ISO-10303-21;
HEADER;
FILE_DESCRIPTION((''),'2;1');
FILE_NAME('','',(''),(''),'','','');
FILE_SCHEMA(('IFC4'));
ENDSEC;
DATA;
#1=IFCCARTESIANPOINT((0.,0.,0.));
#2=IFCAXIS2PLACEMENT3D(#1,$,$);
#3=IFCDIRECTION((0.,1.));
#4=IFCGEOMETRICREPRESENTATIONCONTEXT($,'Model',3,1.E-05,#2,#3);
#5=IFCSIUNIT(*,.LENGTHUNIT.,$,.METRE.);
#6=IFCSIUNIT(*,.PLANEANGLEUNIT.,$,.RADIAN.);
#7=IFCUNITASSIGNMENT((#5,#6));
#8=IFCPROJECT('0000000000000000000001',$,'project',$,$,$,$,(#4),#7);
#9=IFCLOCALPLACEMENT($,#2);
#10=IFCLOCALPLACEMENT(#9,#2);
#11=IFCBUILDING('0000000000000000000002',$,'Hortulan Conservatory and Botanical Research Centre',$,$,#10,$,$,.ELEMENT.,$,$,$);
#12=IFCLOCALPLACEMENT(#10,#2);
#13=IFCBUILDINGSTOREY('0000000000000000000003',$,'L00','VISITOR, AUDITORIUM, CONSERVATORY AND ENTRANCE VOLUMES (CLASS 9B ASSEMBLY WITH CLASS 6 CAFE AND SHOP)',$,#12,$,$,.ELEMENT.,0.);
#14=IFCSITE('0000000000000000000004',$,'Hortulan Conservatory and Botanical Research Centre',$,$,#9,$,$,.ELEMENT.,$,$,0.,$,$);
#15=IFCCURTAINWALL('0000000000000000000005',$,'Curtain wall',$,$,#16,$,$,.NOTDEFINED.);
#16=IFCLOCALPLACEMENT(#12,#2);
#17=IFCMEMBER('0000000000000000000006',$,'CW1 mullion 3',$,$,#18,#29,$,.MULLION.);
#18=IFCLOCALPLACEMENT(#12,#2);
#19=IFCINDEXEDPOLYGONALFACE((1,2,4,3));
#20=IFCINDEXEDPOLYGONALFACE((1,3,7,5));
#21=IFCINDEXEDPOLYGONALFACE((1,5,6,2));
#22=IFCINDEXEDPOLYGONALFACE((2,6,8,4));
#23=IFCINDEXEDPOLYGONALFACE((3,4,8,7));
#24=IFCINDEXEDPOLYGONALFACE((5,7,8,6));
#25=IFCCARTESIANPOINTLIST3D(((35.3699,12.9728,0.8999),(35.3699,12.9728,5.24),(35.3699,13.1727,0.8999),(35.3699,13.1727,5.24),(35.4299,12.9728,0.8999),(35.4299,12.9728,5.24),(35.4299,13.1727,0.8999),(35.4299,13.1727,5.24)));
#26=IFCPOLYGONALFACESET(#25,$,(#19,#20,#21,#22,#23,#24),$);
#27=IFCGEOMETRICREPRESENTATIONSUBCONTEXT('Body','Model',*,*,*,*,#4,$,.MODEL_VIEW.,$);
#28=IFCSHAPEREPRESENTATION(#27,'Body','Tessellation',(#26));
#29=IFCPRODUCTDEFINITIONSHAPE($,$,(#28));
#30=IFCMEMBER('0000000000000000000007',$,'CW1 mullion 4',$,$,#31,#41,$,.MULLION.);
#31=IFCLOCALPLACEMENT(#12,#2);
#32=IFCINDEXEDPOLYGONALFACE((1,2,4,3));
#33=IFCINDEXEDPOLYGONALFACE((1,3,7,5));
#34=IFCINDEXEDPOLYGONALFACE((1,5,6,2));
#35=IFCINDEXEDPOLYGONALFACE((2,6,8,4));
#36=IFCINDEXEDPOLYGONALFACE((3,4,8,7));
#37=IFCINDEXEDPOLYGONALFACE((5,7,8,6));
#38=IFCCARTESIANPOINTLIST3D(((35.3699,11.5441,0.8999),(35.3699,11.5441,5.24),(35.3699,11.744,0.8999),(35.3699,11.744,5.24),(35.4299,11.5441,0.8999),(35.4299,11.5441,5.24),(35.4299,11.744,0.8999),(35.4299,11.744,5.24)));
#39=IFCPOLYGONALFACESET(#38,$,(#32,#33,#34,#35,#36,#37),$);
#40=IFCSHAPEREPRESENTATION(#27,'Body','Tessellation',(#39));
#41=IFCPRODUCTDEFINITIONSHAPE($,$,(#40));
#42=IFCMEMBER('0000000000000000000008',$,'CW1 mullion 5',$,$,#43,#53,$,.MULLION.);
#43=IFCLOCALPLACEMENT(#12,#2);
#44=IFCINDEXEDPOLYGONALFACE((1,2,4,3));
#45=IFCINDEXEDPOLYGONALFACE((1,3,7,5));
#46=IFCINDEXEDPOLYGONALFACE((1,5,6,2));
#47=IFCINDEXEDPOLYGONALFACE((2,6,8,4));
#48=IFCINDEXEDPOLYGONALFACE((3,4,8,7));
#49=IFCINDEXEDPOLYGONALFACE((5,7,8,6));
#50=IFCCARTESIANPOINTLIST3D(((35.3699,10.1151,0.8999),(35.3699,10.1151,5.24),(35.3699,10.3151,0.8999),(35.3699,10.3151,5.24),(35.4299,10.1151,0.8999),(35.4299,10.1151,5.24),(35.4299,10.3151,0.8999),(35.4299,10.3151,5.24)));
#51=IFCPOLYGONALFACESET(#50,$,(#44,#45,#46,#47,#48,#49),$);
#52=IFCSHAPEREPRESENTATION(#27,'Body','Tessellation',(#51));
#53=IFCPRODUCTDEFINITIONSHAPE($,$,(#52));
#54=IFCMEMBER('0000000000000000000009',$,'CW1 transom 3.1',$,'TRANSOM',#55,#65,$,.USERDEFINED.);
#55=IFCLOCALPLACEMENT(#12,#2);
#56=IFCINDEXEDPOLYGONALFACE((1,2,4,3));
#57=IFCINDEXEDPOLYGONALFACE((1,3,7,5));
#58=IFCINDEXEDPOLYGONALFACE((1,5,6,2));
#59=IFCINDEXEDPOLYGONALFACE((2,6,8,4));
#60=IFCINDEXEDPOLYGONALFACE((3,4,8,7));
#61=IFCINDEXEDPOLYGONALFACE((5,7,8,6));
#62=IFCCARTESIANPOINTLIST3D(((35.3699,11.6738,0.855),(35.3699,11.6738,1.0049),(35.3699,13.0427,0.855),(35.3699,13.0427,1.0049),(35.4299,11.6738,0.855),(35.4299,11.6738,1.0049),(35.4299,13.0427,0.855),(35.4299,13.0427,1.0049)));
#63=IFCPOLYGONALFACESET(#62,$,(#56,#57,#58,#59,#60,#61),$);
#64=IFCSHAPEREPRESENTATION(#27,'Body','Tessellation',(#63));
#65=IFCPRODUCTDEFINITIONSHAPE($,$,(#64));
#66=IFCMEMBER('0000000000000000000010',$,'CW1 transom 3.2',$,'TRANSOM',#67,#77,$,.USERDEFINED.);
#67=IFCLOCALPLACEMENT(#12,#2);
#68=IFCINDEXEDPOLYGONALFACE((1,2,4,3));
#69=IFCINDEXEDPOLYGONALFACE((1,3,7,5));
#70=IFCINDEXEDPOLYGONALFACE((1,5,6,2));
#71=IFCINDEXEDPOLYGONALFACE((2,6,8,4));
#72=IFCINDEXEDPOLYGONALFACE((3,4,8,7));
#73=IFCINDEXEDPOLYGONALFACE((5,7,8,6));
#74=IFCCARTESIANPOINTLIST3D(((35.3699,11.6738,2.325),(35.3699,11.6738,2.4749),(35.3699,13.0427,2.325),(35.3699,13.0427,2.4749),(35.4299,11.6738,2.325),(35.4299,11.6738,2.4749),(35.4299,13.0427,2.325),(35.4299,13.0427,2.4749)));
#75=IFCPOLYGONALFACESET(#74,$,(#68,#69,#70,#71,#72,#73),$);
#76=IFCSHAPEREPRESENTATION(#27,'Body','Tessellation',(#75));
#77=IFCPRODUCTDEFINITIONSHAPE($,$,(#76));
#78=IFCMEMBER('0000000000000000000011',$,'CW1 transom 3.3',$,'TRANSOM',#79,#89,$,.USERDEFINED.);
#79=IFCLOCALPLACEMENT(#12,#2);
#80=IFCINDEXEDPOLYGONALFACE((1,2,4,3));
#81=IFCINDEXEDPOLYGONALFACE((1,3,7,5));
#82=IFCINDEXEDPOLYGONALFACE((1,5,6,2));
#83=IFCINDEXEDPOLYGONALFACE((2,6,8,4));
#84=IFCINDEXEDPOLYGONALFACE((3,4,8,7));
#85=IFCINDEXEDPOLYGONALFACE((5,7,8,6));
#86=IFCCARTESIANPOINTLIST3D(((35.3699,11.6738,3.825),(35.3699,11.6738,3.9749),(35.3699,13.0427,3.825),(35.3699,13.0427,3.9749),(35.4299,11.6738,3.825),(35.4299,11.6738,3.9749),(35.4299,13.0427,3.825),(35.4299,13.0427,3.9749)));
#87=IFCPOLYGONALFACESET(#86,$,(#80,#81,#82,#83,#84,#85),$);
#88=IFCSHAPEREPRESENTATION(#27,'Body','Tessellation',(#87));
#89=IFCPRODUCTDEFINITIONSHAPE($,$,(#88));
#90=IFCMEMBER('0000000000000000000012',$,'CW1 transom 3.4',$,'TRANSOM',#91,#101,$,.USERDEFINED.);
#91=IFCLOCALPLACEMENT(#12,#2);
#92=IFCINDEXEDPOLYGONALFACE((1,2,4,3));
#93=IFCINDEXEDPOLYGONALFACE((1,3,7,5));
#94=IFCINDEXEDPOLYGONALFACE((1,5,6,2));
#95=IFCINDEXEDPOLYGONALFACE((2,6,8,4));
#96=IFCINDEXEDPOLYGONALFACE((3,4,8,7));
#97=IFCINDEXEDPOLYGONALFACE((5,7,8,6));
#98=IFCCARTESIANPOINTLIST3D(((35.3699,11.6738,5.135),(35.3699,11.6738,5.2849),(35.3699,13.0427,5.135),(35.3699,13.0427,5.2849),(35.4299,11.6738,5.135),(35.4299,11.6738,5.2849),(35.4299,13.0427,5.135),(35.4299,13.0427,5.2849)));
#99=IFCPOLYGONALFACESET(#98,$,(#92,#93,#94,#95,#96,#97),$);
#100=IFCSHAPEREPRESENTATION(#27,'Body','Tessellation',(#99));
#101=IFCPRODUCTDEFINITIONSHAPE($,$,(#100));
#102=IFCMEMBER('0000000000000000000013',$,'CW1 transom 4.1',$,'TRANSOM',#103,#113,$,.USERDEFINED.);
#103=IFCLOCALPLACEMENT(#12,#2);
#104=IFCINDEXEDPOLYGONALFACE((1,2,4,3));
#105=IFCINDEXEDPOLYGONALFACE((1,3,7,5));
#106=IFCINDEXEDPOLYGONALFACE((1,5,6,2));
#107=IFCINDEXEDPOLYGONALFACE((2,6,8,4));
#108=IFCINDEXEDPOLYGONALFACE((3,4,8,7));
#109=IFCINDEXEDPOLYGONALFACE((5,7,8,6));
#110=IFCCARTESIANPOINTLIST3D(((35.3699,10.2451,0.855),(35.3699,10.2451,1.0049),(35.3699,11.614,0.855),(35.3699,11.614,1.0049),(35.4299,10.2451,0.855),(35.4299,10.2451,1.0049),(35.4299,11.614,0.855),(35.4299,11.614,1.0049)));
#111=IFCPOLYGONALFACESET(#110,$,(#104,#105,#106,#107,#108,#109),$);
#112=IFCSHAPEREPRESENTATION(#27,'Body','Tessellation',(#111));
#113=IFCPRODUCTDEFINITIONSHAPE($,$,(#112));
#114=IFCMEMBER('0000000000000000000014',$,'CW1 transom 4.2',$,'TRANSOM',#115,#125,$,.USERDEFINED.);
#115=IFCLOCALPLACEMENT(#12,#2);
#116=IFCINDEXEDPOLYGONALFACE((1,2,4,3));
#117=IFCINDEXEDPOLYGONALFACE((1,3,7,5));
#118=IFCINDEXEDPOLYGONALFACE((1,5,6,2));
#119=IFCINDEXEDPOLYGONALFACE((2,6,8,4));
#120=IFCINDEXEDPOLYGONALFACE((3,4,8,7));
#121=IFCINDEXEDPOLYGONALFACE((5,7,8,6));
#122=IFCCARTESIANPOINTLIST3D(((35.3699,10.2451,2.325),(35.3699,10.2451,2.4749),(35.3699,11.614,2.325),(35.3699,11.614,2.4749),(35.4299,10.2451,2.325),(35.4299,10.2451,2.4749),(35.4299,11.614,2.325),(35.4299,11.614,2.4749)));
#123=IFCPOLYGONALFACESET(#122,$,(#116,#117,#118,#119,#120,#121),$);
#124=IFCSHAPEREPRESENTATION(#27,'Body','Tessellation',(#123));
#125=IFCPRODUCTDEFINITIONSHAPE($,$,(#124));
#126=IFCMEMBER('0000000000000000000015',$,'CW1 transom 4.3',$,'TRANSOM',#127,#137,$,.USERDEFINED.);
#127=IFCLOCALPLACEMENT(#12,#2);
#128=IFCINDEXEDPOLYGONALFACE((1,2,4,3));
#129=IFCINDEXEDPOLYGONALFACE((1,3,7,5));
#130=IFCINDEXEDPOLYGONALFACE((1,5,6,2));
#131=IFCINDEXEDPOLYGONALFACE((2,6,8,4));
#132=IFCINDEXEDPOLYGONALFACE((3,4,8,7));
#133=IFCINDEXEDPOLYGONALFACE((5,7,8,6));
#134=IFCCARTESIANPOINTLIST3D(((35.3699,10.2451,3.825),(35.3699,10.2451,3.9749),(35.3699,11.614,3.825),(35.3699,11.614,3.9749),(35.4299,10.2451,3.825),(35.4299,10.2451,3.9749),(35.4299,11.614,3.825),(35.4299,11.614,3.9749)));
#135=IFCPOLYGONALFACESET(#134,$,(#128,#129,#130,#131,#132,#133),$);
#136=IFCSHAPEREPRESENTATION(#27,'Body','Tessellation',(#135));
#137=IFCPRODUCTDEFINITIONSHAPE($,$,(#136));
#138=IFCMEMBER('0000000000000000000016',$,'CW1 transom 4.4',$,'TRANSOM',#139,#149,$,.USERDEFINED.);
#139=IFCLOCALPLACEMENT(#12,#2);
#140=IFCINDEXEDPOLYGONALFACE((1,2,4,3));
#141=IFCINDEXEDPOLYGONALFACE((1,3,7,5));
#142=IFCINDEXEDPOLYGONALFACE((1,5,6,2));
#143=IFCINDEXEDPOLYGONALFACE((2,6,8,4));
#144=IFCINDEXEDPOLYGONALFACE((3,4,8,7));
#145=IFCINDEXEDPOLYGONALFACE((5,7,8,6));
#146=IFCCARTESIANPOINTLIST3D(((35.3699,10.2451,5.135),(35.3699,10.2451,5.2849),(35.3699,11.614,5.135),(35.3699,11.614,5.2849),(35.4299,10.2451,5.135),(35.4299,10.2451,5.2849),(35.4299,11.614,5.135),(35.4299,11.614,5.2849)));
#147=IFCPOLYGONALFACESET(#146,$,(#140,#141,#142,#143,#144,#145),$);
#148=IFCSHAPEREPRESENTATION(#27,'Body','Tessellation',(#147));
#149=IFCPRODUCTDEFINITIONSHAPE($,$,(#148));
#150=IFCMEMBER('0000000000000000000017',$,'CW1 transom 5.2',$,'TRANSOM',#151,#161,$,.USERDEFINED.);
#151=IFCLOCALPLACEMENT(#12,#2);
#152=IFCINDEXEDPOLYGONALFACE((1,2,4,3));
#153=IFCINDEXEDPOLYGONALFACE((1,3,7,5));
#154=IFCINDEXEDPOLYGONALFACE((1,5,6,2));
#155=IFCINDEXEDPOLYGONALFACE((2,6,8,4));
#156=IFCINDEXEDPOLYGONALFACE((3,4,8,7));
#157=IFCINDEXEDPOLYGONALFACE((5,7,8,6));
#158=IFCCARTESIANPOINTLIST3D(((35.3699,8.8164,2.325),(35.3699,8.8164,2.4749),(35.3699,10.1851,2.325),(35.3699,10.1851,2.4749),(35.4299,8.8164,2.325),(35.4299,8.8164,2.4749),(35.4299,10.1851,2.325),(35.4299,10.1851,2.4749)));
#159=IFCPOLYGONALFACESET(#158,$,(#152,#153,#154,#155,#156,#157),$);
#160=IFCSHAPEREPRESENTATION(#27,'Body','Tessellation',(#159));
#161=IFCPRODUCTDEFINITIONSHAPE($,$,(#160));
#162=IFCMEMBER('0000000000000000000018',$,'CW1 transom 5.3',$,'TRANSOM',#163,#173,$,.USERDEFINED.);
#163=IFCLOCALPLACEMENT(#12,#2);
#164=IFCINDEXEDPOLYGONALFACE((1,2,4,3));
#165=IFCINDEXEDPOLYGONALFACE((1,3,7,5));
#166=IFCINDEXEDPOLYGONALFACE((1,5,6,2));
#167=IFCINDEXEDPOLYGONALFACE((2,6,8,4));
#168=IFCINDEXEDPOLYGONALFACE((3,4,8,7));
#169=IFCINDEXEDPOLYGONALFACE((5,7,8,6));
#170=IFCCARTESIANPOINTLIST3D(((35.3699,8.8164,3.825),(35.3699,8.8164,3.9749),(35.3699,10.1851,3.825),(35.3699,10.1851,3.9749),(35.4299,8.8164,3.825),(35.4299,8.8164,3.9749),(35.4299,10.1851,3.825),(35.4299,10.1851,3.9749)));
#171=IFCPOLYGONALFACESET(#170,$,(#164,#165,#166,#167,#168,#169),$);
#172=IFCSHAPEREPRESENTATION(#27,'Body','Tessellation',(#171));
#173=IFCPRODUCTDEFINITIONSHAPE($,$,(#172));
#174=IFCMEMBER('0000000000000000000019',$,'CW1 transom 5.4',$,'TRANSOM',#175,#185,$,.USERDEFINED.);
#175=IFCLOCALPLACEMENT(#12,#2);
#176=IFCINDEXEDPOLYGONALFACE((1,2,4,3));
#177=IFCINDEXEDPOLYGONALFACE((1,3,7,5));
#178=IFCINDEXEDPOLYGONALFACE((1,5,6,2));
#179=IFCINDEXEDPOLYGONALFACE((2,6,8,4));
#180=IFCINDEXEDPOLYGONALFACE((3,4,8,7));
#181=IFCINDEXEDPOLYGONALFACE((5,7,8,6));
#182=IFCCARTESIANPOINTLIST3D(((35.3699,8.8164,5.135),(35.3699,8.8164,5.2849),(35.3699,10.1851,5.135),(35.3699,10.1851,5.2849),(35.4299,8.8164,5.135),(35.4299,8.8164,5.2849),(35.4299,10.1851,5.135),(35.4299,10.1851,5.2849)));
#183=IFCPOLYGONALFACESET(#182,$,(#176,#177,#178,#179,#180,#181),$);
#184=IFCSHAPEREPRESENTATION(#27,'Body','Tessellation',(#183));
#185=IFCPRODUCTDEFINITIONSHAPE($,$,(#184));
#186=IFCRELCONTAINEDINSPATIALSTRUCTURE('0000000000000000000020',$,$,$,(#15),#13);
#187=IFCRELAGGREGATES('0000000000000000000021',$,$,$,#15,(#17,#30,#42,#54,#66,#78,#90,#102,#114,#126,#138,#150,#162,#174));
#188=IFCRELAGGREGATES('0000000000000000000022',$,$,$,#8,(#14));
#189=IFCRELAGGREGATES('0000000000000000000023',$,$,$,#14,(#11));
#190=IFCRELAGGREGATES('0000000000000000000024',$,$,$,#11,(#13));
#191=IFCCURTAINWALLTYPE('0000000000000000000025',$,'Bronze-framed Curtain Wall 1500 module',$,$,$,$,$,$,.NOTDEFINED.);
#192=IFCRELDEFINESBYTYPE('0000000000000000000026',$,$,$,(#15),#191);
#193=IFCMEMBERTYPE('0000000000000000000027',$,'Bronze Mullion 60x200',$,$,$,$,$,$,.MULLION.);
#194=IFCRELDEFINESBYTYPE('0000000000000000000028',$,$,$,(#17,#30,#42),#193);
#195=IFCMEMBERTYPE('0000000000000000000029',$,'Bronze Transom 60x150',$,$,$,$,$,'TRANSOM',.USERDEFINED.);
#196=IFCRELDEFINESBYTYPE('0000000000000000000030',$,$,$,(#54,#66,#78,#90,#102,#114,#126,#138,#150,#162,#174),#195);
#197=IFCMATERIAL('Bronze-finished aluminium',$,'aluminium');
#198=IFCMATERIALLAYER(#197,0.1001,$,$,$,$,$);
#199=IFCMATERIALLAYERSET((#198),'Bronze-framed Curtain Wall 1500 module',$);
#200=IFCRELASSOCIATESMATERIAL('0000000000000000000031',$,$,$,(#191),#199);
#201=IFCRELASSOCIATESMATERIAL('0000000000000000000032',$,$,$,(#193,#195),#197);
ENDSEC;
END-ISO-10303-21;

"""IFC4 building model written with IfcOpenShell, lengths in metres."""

from ifc_helpers import new_model, si_unit, direction, frame, origin, origin_2d, place, context, subcontext, project, spatial, rectangle, extrude, material, layer, layer_set, material_profile, profile_set, type_object, element, aggregate, save


model = new_model("IFC4")

# Units and contexts
model_context = context("Model", 3, precision=1e-05, world=origin(), true_north=direction((0.0, 1.0)))
body_context = subcontext(model_context, "Body", "Model", "MODEL_VIEW")
ifc_project = project(units=[si_unit("LENGTHUNIT", "METRE"), si_unit("PLANEANGLEUNIT", "RADIAN")], contexts=[model_context])

# Site, building, storey
site_placement = place(None, origin())
site = spatial("IfcSite", under=ifc_project, at=site_placement, Name="Hortulan Conservatory and Botanical Research Centre", CompositionType="ELEMENT", RefElevation=0.0)
building_placement = place(site_placement, origin())
building = spatial("IfcBuilding", under=site, at=building_placement, Name="Hortulan Conservatory and Botanical Research Centre", CompositionType="ELEMENT")
storey_placement = place(building_placement, origin())
storey = spatial("IfcBuildingStorey", under=building, at=storey_placement, Name="L00", Description="VISITOR, AUDITORIUM, CONSERVATORY AND ENTRANCE VOLUMES (CLASS 9B ASSEMBLY WITH CLASS 6 CAFE AND SHOP)", CompositionType="ELEMENT", Elevation=0.0)

# Curtain wall, members
ifc_material_1 = material(Name="Bronze-finished aluminium", Category="aluminium")
ifc_layer_1 = layer(ifc_material_1, 0.1001)
ifc_layer_set_1 = layer_set([ifc_layer_1], Name="Bronze-framed Curtain Wall 1500 module")
curtain_wall_type = type_object("IfcCurtainWallType", Name="Bronze-framed Curtain Wall 1500 module", PredefinedType="NOTDEFINED", material=ifc_layer_set_1)
curtain_wall_placement = place(storey_placement, origin())
curtain_wall = element("IfcCurtainWall", 1, at=curtain_wall_placement, inside=storey, type_object=curtain_wall_type, Name="Curtain wall", PredefinedType="NOTDEFINED")
ifc_material_profile_1 = material_profile(ifc_material_1, rectangle(XDim=0.0601, YDim=0.2, at=origin_2d()), Name="Bronze Mullion 60x200")
ifc_profile_set_1 = profile_set([ifc_material_profile_1], Name="Bronze-finished aluminium")
member_type_1 = type_object("IfcMemberType", Name="Bronze Mullion 60x200", PredefinedType="MULLION", material=ifc_profile_set_1)
member_1_placement = place(storey_placement, frame((35.3999, 13.0728, 0.8999), z_axis=(0.0, 0.0, 1.0), x_axis=(1.0, 0.0, 0.0)))
member_1 = element("IfcMember", 2, at=member_1_placement, type_object=member_type_1, Name="CW1 mullion 3", PredefinedType="MULLION", context=body_context, shape_type="SweptSolid", body=[
    extrude(rectangle(XDim=0.0601, YDim=0.2, at=origin_2d()), origin(), (0.0, 0.0, 1.0), 4.3401),
])
member_2_placement = place(storey_placement, frame((35.3999, 11.644, 0.8999), z_axis=(0.0, 0.0, 1.0), x_axis=(1.0, 0.0, 0.0)))
member_2 = element("IfcMember", 3, at=member_2_placement, type_object=member_type_1, Name="CW1 mullion 4", PredefinedType="MULLION", context=body_context, shape_type="SweptSolid", body=[
    extrude(rectangle(XDim=0.0601, YDim=0.2, at=origin_2d()), origin(), (0.0, 0.0, 1.0), 4.3401),
])
member_3_placement = place(storey_placement, frame((35.3999, 10.2151, 0.8999), z_axis=(0.0, 0.0, 1.0), x_axis=(1.0, 0.0, 0.0)))
member_3 = element("IfcMember", 4, at=member_3_placement, type_object=member_type_1, Name="CW1 mullion 5", PredefinedType="MULLION", context=body_context, shape_type="SweptSolid", body=[
    extrude(rectangle(XDim=0.0601, YDim=0.2, at=origin_2d()), origin(), (0.0, 0.0, 1.0), 4.3401),
])
ifc_material_profile_2 = material_profile(ifc_material_1, rectangle(XDim=0.0601, YDim=0.1499, at=origin_2d()), Name="Bronze Transom 60x150")
ifc_profile_set_2 = profile_set([ifc_material_profile_2], Name="Bronze-finished aluminium")
member_type_2 = type_object("IfcMemberType", Name="Bronze Transom 60x150", ElementType="TRANSOM", PredefinedType="USERDEFINED", material=ifc_profile_set_2)
member_4_placement = place(storey_placement, frame((35.3999, 13.0427, 0.9299), z_axis=(0.0, -1.0, 0.0), x_axis=(1.0, 0.0, 0.0)))
member_4 = element("IfcMember", 5, at=member_4_placement, type_object=member_type_2, Name="CW1 transom 3.1", ObjectType="TRANSOM", PredefinedType="USERDEFINED", context=body_context, shape_type="SweptSolid", body=[
    extrude(rectangle(XDim=0.0601, YDim=0.1499, at=origin_2d()), origin(), (0.0, 0.0, 1.0), 1.3689),
])
member_5_placement = place(storey_placement, frame((35.3999, 13.0427, 2.3999), z_axis=(0.0, -1.0, 0.0), x_axis=(1.0, 0.0, 0.0)))
member_5 = element("IfcMember", 6, at=member_5_placement, type_object=member_type_2, Name="CW1 transom 3.2", ObjectType="TRANSOM", PredefinedType="USERDEFINED", context=body_context, shape_type="SweptSolid", body=[
    extrude(rectangle(XDim=0.0601, YDim=0.1499, at=origin_2d()), origin(), (0.0, 0.0, 1.0), 1.3689),
])
member_6_placement = place(storey_placement, frame((35.3999, 13.0427, 3.8999), z_axis=(0.0, -1.0, 0.0), x_axis=(1.0, 0.0, 0.0)))
member_6 = element("IfcMember", 7, at=member_6_placement, type_object=member_type_2, Name="CW1 transom 3.3", ObjectType="TRANSOM", PredefinedType="USERDEFINED", context=body_context, shape_type="SweptSolid", body=[
    extrude(rectangle(XDim=0.0601, YDim=0.1499, at=origin_2d()), origin(), (0.0, 0.0, 1.0), 1.3689),
])
member_7_placement = place(storey_placement, frame((35.3999, 13.0427, 5.21), z_axis=(0.0, -1.0, 0.0), x_axis=(1.0, 0.0, 0.0)))
member_7 = element("IfcMember", 8, at=member_7_placement, type_object=member_type_2, Name="CW1 transom 3.4", ObjectType="TRANSOM", PredefinedType="USERDEFINED", context=body_context, shape_type="SweptSolid", body=[
    extrude(rectangle(XDim=0.0601, YDim=0.1499, at=origin_2d()), origin(), (0.0, 0.0, 1.0), 1.3689),
])
member_8_placement = place(storey_placement, frame((35.3999, 11.614, 0.9299), z_axis=(0.0, -1.0, 0.0), x_axis=(1.0, 0.0, 0.0)))
member_8 = element("IfcMember", 9, at=member_8_placement, type_object=member_type_2, Name="CW1 transom 4.1", ObjectType="TRANSOM", PredefinedType="USERDEFINED", context=body_context, shape_type="SweptSolid", body=[
    extrude(rectangle(XDim=0.0601, YDim=0.1499, at=origin_2d()), origin(), (0.0, 0.0, 1.0), 1.3689),
])
member_9_placement = place(storey_placement, frame((35.3999, 11.614, 2.3999), z_axis=(0.0, -1.0, 0.0), x_axis=(1.0, 0.0, 0.0)))
member_9 = element("IfcMember", 10, at=member_9_placement, type_object=member_type_2, Name="CW1 transom 4.2", ObjectType="TRANSOM", PredefinedType="USERDEFINED", context=body_context, shape_type="SweptSolid", body=[
    extrude(rectangle(XDim=0.0601, YDim=0.1499, at=origin_2d()), origin(), (0.0, 0.0, 1.0), 1.3689),
])
member_10_placement = place(storey_placement, frame((35.3999, 11.614, 3.8999), z_axis=(0.0, -1.0, 0.0), x_axis=(1.0, 0.0, 0.0)))
member_10 = element("IfcMember", 11, at=member_10_placement, type_object=member_type_2, Name="CW1 transom 4.3", ObjectType="TRANSOM", PredefinedType="USERDEFINED", context=body_context, shape_type="SweptSolid", body=[
    extrude(rectangle(XDim=0.0601, YDim=0.1499, at=origin_2d()), origin(), (0.0, 0.0, 1.0), 1.3689),
])
member_11_placement = place(storey_placement, frame((35.3999, 11.614, 5.21), z_axis=(0.0, -1.0, 0.0), x_axis=(1.0, 0.0, 0.0)))
member_11 = element("IfcMember", 12, at=member_11_placement, type_object=member_type_2, Name="CW1 transom 4.4", ObjectType="TRANSOM", PredefinedType="USERDEFINED", context=body_context, shape_type="SweptSolid", body=[
    extrude(rectangle(XDim=0.0601, YDim=0.1499, at=origin_2d()), origin(), (0.0, 0.0, 1.0), 1.3689),
])
member_12_placement = place(storey_placement, frame((35.3999, 10.1851, 2.3999), z_axis=(0.0, -1.0, 0.0), x_axis=(1.0, 0.0, 0.0)))
member_12 = element("IfcMember", 13, at=member_12_placement, type_object=member_type_2, Name="CW1 transom 5.2", ObjectType="TRANSOM", PredefinedType="USERDEFINED", context=body_context, shape_type="SweptSolid", body=[
    extrude(rectangle(XDim=0.0601, YDim=0.1499, at=origin_2d()), origin(), (0.0, 0.0, 1.0), 1.3687),
])
member_13_placement = place(storey_placement, frame((35.3999, 10.1851, 3.8999), z_axis=(0.0, -1.0, 0.0), x_axis=(1.0, 0.0, 0.0)))
member_13 = element("IfcMember", 14, at=member_13_placement, type_object=member_type_2, Name="CW1 transom 5.3", ObjectType="TRANSOM", PredefinedType="USERDEFINED", context=body_context, shape_type="SweptSolid", body=[
    extrude(rectangle(XDim=0.0601, YDim=0.1499, at=origin_2d()), origin(), (0.0, 0.0, 1.0), 1.3687),
])
member_14_placement = place(storey_placement, frame((35.3999, 10.1851, 5.21), z_axis=(0.0, -1.0, 0.0), x_axis=(1.0, 0.0, 0.0)))
member_14 = element("IfcMember", 15, at=member_14_placement, type_object=member_type_2, Name="CW1 transom 5.4", ObjectType="TRANSOM", PredefinedType="USERDEFINED", context=body_context, shape_type="SweptSolid", body=[
    extrude(rectangle(XDim=0.0601, YDim=0.1499, at=origin_2d()), origin(), (0.0, 0.0, 1.0), 1.3687),
])

aggregate(curtain_wall, [member_1, member_2, member_3, member_4, member_5, member_6, member_7, member_8, member_9, member_10, member_11, member_12, member_13, member_14])

save(model, "model.ifc")
